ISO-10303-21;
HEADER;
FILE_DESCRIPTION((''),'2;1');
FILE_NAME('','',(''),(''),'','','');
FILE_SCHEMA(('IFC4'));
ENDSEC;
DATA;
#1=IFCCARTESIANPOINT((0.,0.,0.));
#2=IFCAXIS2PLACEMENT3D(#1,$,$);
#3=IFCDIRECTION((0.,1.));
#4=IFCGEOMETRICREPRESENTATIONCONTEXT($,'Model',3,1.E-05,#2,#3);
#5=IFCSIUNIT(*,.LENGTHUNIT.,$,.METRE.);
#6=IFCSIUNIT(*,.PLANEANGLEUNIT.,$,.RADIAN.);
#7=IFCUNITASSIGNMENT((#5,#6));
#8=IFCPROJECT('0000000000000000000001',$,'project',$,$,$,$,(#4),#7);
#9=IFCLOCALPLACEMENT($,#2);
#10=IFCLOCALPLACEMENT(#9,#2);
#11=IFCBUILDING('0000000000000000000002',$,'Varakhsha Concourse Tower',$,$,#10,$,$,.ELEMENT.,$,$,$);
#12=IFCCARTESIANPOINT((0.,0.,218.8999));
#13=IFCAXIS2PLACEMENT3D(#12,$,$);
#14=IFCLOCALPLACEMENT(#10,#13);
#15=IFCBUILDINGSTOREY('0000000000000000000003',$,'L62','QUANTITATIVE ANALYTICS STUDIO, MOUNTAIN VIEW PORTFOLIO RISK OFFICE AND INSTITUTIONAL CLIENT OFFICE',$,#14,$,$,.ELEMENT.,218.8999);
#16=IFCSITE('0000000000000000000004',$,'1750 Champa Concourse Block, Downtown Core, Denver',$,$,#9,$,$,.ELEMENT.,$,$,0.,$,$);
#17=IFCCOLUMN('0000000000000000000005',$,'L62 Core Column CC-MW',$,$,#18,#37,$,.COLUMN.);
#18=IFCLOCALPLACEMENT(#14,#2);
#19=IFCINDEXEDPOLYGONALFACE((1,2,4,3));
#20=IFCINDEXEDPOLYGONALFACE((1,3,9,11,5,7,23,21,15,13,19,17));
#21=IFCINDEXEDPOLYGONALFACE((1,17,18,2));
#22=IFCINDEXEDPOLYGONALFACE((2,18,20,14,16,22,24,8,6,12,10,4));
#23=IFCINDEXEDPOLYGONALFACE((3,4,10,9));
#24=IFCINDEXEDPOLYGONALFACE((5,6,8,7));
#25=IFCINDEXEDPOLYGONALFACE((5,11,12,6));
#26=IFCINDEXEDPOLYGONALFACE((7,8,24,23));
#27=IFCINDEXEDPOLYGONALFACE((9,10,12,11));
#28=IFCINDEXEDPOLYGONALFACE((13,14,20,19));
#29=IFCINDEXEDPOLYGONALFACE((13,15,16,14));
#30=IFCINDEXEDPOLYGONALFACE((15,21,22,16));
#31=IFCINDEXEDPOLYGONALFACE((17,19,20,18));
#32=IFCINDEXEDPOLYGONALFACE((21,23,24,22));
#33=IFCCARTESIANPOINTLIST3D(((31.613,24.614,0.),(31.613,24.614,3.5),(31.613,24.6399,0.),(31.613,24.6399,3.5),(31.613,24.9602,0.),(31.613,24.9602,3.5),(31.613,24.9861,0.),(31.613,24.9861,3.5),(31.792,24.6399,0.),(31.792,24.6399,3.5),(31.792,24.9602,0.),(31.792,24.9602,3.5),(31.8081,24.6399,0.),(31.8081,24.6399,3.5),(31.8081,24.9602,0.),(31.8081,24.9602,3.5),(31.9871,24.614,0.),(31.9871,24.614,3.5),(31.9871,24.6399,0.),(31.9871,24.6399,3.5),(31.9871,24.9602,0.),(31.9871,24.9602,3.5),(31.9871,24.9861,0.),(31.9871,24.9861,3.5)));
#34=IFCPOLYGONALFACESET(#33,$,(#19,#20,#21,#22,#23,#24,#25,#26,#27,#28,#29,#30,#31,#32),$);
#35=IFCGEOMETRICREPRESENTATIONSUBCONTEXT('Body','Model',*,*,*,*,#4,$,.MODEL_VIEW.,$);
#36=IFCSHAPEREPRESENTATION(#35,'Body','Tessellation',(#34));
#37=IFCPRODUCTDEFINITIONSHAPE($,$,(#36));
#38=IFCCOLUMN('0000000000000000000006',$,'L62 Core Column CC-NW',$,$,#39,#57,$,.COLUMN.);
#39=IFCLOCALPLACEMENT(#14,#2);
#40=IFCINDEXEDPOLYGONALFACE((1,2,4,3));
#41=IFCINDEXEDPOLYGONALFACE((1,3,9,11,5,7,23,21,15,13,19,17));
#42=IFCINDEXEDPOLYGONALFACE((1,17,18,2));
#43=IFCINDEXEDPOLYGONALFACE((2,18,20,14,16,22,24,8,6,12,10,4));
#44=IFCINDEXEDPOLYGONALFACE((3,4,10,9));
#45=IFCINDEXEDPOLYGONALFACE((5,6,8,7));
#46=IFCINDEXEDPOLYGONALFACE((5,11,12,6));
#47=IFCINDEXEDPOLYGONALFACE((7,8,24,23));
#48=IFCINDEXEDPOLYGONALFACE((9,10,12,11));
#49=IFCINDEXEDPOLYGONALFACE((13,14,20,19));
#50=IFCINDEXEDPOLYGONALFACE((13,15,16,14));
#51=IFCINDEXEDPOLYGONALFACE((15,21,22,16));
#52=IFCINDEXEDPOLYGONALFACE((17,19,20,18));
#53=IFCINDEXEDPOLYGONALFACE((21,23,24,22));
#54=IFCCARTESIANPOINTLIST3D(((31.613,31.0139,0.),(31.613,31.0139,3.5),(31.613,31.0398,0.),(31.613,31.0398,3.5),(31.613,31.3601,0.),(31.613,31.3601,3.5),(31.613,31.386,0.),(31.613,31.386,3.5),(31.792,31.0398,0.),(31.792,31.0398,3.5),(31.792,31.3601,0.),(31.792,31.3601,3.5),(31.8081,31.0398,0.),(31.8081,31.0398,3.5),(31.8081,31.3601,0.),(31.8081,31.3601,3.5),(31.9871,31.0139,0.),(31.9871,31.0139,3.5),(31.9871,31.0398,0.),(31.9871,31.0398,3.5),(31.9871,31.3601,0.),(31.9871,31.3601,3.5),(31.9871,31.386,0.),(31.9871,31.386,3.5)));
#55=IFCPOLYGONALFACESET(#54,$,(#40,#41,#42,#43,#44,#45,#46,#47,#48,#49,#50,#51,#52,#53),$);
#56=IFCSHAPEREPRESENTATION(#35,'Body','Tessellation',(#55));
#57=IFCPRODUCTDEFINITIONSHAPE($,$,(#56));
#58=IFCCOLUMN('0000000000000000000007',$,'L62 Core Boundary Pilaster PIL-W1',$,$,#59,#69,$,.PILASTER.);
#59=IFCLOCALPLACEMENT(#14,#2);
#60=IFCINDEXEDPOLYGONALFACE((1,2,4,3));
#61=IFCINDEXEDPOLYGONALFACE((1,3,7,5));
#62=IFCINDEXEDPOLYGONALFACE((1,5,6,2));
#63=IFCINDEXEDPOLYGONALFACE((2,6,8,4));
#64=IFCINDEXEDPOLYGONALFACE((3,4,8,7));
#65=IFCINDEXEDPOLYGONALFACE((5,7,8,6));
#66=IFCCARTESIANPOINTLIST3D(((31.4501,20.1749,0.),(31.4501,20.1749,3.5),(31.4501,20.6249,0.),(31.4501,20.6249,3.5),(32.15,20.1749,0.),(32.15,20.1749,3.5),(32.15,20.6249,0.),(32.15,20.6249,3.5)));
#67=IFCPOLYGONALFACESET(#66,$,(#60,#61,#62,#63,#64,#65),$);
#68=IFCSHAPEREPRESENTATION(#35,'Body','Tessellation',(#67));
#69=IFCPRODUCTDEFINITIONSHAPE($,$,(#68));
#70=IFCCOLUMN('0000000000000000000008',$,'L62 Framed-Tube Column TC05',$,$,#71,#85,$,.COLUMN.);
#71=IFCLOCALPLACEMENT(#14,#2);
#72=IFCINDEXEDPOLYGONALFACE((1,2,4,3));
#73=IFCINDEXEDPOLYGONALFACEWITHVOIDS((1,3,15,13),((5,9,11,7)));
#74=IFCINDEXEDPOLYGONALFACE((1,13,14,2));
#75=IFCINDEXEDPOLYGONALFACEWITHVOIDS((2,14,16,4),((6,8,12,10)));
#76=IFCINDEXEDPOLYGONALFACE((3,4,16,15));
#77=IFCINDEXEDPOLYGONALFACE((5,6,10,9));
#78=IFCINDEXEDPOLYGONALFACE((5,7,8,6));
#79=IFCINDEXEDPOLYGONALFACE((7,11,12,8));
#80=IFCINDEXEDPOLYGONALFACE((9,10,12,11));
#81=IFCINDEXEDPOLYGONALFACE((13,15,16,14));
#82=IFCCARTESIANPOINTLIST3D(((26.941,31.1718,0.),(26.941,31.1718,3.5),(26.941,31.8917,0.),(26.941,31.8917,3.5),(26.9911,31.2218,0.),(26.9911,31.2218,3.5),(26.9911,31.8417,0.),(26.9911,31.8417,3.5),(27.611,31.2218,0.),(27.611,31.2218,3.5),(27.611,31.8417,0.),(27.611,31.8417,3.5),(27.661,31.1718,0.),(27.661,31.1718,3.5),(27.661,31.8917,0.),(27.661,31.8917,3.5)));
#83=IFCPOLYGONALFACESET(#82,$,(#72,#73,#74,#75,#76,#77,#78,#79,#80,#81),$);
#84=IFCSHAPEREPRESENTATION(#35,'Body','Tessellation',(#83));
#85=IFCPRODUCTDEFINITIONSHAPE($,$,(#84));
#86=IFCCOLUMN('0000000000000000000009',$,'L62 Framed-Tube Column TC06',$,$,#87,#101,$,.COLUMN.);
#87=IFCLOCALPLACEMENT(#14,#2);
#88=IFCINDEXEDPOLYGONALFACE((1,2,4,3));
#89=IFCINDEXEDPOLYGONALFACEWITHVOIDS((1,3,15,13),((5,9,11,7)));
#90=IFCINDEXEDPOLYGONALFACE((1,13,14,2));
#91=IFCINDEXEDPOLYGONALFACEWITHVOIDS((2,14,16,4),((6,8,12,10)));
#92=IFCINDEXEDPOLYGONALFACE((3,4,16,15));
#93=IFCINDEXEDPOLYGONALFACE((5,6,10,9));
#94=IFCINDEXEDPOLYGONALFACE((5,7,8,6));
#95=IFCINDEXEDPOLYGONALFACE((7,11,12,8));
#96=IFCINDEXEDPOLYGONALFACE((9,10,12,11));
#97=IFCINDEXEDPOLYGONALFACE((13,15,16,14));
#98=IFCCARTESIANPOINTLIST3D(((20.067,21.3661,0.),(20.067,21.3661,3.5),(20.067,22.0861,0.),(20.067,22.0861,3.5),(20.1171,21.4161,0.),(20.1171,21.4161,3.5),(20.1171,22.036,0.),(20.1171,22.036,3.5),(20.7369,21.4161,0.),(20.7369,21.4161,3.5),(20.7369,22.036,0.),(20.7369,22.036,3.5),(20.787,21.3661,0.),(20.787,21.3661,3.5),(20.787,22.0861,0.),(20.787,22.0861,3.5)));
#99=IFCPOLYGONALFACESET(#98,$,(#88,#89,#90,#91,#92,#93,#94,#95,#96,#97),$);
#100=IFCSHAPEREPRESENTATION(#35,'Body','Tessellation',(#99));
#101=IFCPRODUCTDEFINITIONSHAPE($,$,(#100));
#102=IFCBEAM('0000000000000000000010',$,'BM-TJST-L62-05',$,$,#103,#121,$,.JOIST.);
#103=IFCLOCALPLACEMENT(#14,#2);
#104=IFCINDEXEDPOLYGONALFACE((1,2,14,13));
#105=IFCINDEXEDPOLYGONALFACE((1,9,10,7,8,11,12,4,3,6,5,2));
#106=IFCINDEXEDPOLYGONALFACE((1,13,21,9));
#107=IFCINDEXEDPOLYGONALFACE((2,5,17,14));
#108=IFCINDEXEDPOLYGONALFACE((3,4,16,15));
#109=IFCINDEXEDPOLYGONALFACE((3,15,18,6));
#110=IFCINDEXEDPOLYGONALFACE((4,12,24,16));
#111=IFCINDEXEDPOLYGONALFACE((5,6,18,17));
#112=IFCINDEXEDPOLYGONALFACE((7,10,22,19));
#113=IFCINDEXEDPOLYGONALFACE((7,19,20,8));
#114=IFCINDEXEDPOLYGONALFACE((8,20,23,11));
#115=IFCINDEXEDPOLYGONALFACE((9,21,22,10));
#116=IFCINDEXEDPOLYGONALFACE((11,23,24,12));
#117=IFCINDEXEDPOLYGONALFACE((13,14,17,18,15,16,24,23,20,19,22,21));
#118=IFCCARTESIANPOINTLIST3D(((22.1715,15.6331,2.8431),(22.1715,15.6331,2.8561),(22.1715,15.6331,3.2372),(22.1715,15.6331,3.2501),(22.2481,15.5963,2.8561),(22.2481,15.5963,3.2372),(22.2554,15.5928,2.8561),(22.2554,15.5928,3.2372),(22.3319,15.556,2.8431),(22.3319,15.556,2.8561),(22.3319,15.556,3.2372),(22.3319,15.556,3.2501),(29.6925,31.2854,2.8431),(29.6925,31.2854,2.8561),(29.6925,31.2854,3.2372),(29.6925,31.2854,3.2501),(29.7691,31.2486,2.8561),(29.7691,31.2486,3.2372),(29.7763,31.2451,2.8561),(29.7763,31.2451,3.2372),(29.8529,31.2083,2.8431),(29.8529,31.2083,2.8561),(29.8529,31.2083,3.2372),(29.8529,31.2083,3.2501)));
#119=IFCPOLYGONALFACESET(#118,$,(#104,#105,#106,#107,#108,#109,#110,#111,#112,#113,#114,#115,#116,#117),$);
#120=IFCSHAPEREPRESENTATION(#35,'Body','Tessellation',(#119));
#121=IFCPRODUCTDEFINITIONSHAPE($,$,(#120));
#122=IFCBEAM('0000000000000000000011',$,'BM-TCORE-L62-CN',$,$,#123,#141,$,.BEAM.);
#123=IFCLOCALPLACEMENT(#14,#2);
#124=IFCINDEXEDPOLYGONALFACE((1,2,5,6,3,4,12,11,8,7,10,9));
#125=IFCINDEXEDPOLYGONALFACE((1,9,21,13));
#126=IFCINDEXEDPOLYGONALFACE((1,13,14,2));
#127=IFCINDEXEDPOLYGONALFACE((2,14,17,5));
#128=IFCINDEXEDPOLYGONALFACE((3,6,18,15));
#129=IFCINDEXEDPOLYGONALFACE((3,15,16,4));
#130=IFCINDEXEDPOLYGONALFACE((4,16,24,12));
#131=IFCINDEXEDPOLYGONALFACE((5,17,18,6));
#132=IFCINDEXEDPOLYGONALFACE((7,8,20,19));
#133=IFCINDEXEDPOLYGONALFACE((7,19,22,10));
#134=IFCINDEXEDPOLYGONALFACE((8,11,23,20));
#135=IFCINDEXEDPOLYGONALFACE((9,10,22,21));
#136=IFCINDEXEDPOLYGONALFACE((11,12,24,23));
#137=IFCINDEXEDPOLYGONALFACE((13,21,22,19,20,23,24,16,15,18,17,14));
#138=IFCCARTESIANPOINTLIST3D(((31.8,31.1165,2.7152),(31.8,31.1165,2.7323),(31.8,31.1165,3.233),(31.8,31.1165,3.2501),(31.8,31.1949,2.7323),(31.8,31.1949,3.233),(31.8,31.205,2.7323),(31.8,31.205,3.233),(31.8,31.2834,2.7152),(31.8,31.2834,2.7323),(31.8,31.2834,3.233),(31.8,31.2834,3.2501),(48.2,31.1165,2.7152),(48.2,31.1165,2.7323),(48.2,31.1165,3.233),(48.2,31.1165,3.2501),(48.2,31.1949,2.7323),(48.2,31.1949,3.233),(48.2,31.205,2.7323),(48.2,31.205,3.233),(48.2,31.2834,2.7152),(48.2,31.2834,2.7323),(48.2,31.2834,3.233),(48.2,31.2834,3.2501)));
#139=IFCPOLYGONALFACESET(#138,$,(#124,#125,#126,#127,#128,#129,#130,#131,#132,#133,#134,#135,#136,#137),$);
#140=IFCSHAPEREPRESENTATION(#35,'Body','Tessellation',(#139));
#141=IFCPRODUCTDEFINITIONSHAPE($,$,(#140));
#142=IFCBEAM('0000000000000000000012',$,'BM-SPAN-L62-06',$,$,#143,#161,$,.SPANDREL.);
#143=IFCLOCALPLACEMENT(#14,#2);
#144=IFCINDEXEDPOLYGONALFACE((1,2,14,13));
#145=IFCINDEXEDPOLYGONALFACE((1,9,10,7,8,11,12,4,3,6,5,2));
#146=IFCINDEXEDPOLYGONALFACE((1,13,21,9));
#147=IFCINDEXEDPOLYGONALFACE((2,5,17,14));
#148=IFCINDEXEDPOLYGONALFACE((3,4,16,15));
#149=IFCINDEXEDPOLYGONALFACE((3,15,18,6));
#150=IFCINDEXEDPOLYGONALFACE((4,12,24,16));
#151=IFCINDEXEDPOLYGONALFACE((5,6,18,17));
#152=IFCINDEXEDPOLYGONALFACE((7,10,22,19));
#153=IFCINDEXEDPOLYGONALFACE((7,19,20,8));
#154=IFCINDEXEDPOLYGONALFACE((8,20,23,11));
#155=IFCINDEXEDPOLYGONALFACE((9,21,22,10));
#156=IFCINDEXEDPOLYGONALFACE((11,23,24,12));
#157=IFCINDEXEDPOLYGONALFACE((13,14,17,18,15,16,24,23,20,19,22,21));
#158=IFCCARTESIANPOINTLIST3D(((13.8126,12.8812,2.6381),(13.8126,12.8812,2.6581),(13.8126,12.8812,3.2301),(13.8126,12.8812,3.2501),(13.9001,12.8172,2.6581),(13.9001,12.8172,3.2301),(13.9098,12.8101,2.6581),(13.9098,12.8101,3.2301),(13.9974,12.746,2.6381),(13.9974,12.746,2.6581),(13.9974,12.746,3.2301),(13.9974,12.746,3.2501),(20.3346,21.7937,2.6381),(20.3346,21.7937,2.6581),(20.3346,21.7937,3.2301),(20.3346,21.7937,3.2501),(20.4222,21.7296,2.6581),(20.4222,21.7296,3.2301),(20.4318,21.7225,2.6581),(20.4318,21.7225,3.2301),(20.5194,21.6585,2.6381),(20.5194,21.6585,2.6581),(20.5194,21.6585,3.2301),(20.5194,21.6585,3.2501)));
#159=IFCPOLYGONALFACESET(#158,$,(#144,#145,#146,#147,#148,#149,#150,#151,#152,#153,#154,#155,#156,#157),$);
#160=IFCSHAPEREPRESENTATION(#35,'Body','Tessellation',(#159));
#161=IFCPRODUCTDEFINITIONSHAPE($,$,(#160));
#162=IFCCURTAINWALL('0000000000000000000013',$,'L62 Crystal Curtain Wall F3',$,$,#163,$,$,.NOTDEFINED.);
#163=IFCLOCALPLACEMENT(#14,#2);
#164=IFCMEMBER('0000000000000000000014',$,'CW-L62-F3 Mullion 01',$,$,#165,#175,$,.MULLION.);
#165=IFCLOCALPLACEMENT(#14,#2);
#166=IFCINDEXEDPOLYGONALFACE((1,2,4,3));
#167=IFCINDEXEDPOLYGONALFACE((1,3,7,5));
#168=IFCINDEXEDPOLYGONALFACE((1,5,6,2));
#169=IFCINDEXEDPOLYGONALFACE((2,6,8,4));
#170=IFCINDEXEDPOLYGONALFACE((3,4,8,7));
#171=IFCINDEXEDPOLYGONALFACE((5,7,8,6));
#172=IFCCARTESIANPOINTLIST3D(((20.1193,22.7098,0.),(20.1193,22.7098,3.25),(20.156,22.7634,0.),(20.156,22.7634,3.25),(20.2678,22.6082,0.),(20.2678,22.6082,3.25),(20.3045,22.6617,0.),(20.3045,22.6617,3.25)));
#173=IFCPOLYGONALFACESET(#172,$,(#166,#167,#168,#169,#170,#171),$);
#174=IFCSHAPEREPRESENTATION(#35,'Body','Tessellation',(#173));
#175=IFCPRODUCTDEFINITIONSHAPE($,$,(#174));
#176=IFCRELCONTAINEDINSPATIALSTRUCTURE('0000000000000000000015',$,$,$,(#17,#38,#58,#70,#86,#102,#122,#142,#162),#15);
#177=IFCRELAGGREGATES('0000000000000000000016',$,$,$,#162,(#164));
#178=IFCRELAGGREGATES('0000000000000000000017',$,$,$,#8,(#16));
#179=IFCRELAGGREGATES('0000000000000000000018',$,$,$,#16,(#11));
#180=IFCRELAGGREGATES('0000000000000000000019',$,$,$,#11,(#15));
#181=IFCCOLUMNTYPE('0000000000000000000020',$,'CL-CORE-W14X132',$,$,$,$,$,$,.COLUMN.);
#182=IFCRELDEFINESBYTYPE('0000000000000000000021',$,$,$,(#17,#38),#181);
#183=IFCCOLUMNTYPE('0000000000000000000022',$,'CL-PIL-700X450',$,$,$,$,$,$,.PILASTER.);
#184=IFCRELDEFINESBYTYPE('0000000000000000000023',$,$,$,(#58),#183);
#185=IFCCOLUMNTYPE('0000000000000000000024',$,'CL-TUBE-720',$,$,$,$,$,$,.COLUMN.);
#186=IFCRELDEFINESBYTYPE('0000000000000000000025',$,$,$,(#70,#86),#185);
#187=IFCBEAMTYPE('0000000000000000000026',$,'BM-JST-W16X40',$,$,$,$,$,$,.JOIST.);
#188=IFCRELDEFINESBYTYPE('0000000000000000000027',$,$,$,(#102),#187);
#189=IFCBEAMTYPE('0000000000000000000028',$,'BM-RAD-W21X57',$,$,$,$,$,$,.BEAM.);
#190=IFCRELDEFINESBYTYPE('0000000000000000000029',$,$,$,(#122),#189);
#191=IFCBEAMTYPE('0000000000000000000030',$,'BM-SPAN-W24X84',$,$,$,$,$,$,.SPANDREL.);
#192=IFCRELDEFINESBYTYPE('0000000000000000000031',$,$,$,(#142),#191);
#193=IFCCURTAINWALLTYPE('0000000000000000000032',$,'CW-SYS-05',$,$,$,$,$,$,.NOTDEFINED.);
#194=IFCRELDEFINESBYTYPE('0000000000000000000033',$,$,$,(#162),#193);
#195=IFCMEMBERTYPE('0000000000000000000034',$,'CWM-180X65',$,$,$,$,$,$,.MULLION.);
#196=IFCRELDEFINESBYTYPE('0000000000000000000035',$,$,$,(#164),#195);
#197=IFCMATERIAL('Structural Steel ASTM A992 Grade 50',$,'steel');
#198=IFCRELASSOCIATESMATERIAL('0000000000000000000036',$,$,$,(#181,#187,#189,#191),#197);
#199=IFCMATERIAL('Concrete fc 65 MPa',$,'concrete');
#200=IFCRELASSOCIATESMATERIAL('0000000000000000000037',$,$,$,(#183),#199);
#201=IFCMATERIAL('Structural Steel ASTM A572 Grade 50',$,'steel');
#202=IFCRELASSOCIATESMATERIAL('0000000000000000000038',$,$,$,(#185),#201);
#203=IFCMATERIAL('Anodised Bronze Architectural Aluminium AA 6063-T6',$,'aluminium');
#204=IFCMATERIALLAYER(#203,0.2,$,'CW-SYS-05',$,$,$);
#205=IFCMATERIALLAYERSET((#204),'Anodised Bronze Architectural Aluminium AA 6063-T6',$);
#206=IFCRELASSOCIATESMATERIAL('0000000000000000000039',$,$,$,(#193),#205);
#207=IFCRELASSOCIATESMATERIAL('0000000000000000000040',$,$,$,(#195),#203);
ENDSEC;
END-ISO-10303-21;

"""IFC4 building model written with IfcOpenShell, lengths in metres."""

from ifc_helpers import new_model, si_unit, direction, frame, origin, origin_2d, place, context, subcontext, project, spatial, rectangle, hollow_rectangle, i_section, extrude, source, transform, mapped, material, layer, layer_set, material_profile, profile_set, type_object, type_shapes, element, aggregate, save


model = new_model("IFC4")

# Units and contexts
model_context = context("Model", 3, precision=1e-05, world=origin(), true_north=direction((0.0, 1.0)))
body_context = subcontext(model_context, "Body", "Model", "MODEL_VIEW")
ifc_project = project(units=[si_unit("LENGTHUNIT", "METRE"), si_unit("PLANEANGLEUNIT", "RADIAN")], contexts=[model_context])

# Site, building, storey
site_placement = place(None, origin())
site = spatial("IfcSite", under=ifc_project, at=site_placement, Name="1750 Champa Concourse Block, Downtown Core, Denver", CompositionType="ELEMENT", RefElevation=0.0)
building_placement = place(site_placement, origin())
building = spatial("IfcBuilding", under=site, at=building_placement, Name="Varakhsha Concourse Tower", CompositionType="ELEMENT")
storey_placement = place(building_placement, frame((0.0, 0.0, 218.8999)))
storey = spatial("IfcBuildingStorey", under=building, at=storey_placement, Name="L62", Description="QUANTITATIVE ANALYTICS STUDIO, MOUNTAIN VIEW PORTFOLIO RISK OFFICE AND INSTITUTIONAL CLIENT OFFICE", CompositionType="ELEMENT", Elevation=218.8999)

# Columns
ifc_material_1 = material(Name="Structural Steel ASTM A992 Grade 50", Category="steel")
ifc_material_profile_1 = material_profile(ifc_material_1, i_section(OverallWidth=0.374, OverallDepth=0.3721, WebThickness=0.0161, FlangeThickness=0.0259, at=origin_2d()), Name="W14X132")
ifc_profile_set_1 = profile_set([ifc_material_profile_1], Name="Structural Steel ASTM A992 Grade 50")
column_type_1 = type_object("IfcColumnType", Name="CL-CORE-W14X132", PredefinedType="COLUMN", material=ifc_profile_set_1)
for number, where, z_axis, x_axis, name in (
    (1, (31.8, 24.8, 0.0), (0.0, 0.0, 1.0), (1.0, 0.0, 0.0), "L62 Core Column CC-MW"),
    (2, (31.8, 31.2, 0.0), (0.0, 0.0, 1.0), (1.0, 0.0, 0.0), "L62 Core Column CC-NW"),
):
    element("IfcColumn", number, at=place(storey_placement, frame(where, z_axis=z_axis, x_axis=x_axis)), inside=storey, type_object=column_type_1, Name=name, PredefinedType="COLUMN", context=body_context, shape_type="SweptSolid", body=[
        extrude(i_section(OverallWidth=0.374, OverallDepth=0.3721, WebThickness=0.0161, FlangeThickness=0.0259, at=origin_2d()), origin(), (0.0, 0.0, 1.0), 3.5),
    ])
ifc_material_2 = material(Name="Concrete fc 65 MPa", Category="concrete")
ifc_material_profile_2 = material_profile(ifc_material_2, rectangle(XDim=0.7, YDim=0.45, at=origin_2d()), Name="RC 700x450")
ifc_profile_set_2 = profile_set([ifc_material_profile_2], Name="Concrete fc 65 MPa")
column_type_2 = type_object("IfcColumnType", Name="CL-PIL-700X450", PredefinedType="PILASTER", material=ifc_profile_set_2)
column_placement = place(storey_placement, frame((31.8, 20.3999, 0.0), z_axis=(0.0, 0.0, 1.0), x_axis=(1.0, 0.0, 0.0)))
element("IfcColumn", 3, at=column_placement, inside=storey, type_object=column_type_2, Name="L62 Core Boundary Pilaster PIL-W1", PredefinedType="PILASTER", context=body_context, shape_type="SweptSolid", body=[
    extrude(rectangle(XDim=0.7, YDim=0.45, at=origin_2d()), origin(), (0.0, 0.0, 1.0), 3.5),
])
ifc_material_3 = material(Name="Structural Steel ASTM A572 Grade 50", Category="steel")
ifc_material_profile_3 = material_profile(ifc_material_3, hollow_rectangle(XDim=0.72, YDim=0.72, WallThickness=0.05, at=origin_2d()), Name="BOX 720x720x50")
ifc_profile_set_3 = profile_set([ifc_material_profile_3], Name="Structural Steel ASTM A572 Grade 50")
column_type_3 = type_object("IfcColumnType", Name="CL-TUBE-720", PredefinedType="COLUMN", material=ifc_profile_set_3)
for number, where, z_axis, x_axis, name in (
    (4, (27.301, 31.5317, 0.0), (0.0, 0.0, 1.0), (1.0, 0.0, 0.0), "L62 Framed-Tube Column TC05"),
    (5, (20.427, 21.7261, 0.0), (0.0, 0.0, 1.0), (1.0, 0.0, 0.0), "L62 Framed-Tube Column TC06"),
):
    element("IfcColumn", number, at=place(storey_placement, frame(where, z_axis=z_axis, x_axis=x_axis)), inside=storey, type_object=column_type_3, Name=name, PredefinedType="COLUMN", context=body_context, shape_type="SweptSolid", body=[
        extrude(hollow_rectangle(XDim=0.72, YDim=0.72, WallThickness=0.05, at=origin_2d()), origin(), (0.0, 0.0, 1.0), 3.5),
    ])

# Beams
ifc_material_profile_4 = material_profile(ifc_material_1, i_section(OverallWidth=0.178, OverallDepth=0.407, WebThickness=0.0081, FlangeThickness=0.0129, at=origin_2d()), Name="W16X40")
ifc_profile_set_4 = profile_set([ifc_material_profile_4], Name="Structural Steel ASTM A992 Grade 50")
beam_type_1 = type_object("IfcBeamType", Name="BM-JST-W16X40", PredefinedType="JOIST", material=ifc_profile_set_4)
beam_1_placement = place(storey_placement, frame((29.7727, 31.2468, 3.0466), z_axis=(-0.433099, -0.901346, 0.0), x_axis=(0.901346, -0.433099, 0.0)))
element("IfcBeam", 6, at=beam_1_placement, inside=storey, type_object=beam_type_1, Name="BM-TJST-L62-05", PredefinedType="JOIST", context=body_context, shape_type="SweptSolid", body=[
    extrude(i_section(OverallWidth=0.178, OverallDepth=0.407, WebThickness=0.0081, FlangeThickness=0.0129, at=origin_2d()), origin(), (0.0, 0.0, 1.0), 17.3655),
])
ifc_material_profile_5 = material_profile(ifc_material_1, i_section(OverallWidth=0.167, OverallDepth=0.5349, WebThickness=0.01, FlangeThickness=0.0171, at=origin_2d()), Name="W21X57")
ifc_profile_set_5 = profile_set([ifc_material_profile_5], Name="Structural Steel ASTM A992 Grade 50")
beam_type_2 = type_object("IfcBeamType", Name="BM-RAD-W21X57", PredefinedType="BEAM", material=ifc_profile_set_5)
beam_2_placement = place(storey_placement, frame((31.8, 31.2, 2.9827), z_axis=(1.0, 0.0, 0.0), x_axis=(0.0, 1.0, 0.0)))
element("IfcBeam", 7, at=beam_2_placement, inside=storey, type_object=beam_type_2, Name="BM-TCORE-L62-CN", PredefinedType="BEAM", context=body_context, shape_type="SweptSolid", body=[
    extrude(i_section(OverallWidth=0.167, OverallDepth=0.5349, WebThickness=0.01, FlangeThickness=0.0171, at=origin_2d()), origin(), (0.0, 0.0, 1.0), 16.3999),
])
ifc_material_profile_6 = material_profile(ifc_material_1, i_section(OverallWidth=0.229, OverallDepth=0.6121, WebThickness=0.012, FlangeThickness=0.02, at=origin_2d()), Name="W24X84")
ifc_profile_set_6 = profile_set([ifc_material_profile_6], Name="Structural Steel ASTM A992 Grade 50")
beam_type_3 = type_object("IfcBeamType", Name="BM-SPAN-W24X84", PredefinedType="SPANDREL", material=ifc_profile_set_6)
beam_3_placement = place(storey_placement, frame((20.427, 21.7261, 2.9441), z_axis=(-0.590554, -0.806998, 0.0), x_axis=(0.806998, -0.590554, 0.0)))
element("IfcBeam", 8, at=beam_3_placement, inside=storey, type_object=beam_type_3, Name="BM-SPAN-L62-06", PredefinedType="SPANDREL", context=body_context, shape_type="SweptSolid", body=[
    extrude(i_section(OverallWidth=0.229, OverallDepth=0.6121, WebThickness=0.012, FlangeThickness=0.02, at=origin_2d()), origin(), (0.0, 0.0, 1.0), 11.0439),
])

# Curtain wall, member
ifc_material_4 = material(Name="Anodised Bronze Architectural Aluminium AA 6063-T6", Category="aluminium")
ifc_layer_1 = layer(ifc_material_4, 0.2, Name="CW-SYS-05")
ifc_layer_set_1 = layer_set([ifc_layer_1], Name="Anodised Bronze Architectural Aluminium AA 6063-T6")
curtain_wall_type = type_object("IfcCurtainWallType", Name="CW-SYS-05", PredefinedType="NOTDEFINED", material=ifc_layer_set_1)
curtain_wall_placement = place(storey_placement, origin())
curtain_wall = element("IfcCurtainWall", 9, at=curtain_wall_placement, inside=storey, type_object=curtain_wall_type, Name="L62 Crystal Curtain Wall F3", PredefinedType="NOTDEFINED")
ifc_material_profile_7 = material_profile(ifc_material_4, rectangle(XDim=0.0649, YDim=0.1799, at=origin_2d()), Name="CWM-180X65")
ifc_profile_set_7 = profile_set([ifc_material_profile_7], Name="Anodised Bronze Architectural Aluminium AA 6063-T6")
member_type_1 = type_object("IfcMemberType", Name="CWM-180X65", PredefinedType="MULLION", material=ifc_profile_set_7)
shared_shape_1 = source(origin(), body_context, "Body", "SweptSolid", [
    extrude(rectangle(XDim=0.0649, YDim=0.1799, at=origin_2d()), origin(), (0.0, 0.0, 1.0), 3.25),
])
type_shapes(member_type_1, [shared_shape_1])
member_1_placement = place(storey_placement, frame((20.2119, 22.6858, 0.0), z_axis=(0.0, 0.0, 1.0), x_axis=(0.565173, 0.824972, 0.0)))
member_1 = element("IfcMember", 10, at=member_1_placement, type_object=member_type_1, Name="CW-L62-F3 Mullion 01", PredefinedType="MULLION", context=body_context, shape_type="MappedRepresentation", body=[
    mapped(shared_shape_1, transform((0.0, 0.0, 0.0), scale=1.0)),
])
aggregate(curtain_wall, [member_1])

save(model, "model.ifc")
